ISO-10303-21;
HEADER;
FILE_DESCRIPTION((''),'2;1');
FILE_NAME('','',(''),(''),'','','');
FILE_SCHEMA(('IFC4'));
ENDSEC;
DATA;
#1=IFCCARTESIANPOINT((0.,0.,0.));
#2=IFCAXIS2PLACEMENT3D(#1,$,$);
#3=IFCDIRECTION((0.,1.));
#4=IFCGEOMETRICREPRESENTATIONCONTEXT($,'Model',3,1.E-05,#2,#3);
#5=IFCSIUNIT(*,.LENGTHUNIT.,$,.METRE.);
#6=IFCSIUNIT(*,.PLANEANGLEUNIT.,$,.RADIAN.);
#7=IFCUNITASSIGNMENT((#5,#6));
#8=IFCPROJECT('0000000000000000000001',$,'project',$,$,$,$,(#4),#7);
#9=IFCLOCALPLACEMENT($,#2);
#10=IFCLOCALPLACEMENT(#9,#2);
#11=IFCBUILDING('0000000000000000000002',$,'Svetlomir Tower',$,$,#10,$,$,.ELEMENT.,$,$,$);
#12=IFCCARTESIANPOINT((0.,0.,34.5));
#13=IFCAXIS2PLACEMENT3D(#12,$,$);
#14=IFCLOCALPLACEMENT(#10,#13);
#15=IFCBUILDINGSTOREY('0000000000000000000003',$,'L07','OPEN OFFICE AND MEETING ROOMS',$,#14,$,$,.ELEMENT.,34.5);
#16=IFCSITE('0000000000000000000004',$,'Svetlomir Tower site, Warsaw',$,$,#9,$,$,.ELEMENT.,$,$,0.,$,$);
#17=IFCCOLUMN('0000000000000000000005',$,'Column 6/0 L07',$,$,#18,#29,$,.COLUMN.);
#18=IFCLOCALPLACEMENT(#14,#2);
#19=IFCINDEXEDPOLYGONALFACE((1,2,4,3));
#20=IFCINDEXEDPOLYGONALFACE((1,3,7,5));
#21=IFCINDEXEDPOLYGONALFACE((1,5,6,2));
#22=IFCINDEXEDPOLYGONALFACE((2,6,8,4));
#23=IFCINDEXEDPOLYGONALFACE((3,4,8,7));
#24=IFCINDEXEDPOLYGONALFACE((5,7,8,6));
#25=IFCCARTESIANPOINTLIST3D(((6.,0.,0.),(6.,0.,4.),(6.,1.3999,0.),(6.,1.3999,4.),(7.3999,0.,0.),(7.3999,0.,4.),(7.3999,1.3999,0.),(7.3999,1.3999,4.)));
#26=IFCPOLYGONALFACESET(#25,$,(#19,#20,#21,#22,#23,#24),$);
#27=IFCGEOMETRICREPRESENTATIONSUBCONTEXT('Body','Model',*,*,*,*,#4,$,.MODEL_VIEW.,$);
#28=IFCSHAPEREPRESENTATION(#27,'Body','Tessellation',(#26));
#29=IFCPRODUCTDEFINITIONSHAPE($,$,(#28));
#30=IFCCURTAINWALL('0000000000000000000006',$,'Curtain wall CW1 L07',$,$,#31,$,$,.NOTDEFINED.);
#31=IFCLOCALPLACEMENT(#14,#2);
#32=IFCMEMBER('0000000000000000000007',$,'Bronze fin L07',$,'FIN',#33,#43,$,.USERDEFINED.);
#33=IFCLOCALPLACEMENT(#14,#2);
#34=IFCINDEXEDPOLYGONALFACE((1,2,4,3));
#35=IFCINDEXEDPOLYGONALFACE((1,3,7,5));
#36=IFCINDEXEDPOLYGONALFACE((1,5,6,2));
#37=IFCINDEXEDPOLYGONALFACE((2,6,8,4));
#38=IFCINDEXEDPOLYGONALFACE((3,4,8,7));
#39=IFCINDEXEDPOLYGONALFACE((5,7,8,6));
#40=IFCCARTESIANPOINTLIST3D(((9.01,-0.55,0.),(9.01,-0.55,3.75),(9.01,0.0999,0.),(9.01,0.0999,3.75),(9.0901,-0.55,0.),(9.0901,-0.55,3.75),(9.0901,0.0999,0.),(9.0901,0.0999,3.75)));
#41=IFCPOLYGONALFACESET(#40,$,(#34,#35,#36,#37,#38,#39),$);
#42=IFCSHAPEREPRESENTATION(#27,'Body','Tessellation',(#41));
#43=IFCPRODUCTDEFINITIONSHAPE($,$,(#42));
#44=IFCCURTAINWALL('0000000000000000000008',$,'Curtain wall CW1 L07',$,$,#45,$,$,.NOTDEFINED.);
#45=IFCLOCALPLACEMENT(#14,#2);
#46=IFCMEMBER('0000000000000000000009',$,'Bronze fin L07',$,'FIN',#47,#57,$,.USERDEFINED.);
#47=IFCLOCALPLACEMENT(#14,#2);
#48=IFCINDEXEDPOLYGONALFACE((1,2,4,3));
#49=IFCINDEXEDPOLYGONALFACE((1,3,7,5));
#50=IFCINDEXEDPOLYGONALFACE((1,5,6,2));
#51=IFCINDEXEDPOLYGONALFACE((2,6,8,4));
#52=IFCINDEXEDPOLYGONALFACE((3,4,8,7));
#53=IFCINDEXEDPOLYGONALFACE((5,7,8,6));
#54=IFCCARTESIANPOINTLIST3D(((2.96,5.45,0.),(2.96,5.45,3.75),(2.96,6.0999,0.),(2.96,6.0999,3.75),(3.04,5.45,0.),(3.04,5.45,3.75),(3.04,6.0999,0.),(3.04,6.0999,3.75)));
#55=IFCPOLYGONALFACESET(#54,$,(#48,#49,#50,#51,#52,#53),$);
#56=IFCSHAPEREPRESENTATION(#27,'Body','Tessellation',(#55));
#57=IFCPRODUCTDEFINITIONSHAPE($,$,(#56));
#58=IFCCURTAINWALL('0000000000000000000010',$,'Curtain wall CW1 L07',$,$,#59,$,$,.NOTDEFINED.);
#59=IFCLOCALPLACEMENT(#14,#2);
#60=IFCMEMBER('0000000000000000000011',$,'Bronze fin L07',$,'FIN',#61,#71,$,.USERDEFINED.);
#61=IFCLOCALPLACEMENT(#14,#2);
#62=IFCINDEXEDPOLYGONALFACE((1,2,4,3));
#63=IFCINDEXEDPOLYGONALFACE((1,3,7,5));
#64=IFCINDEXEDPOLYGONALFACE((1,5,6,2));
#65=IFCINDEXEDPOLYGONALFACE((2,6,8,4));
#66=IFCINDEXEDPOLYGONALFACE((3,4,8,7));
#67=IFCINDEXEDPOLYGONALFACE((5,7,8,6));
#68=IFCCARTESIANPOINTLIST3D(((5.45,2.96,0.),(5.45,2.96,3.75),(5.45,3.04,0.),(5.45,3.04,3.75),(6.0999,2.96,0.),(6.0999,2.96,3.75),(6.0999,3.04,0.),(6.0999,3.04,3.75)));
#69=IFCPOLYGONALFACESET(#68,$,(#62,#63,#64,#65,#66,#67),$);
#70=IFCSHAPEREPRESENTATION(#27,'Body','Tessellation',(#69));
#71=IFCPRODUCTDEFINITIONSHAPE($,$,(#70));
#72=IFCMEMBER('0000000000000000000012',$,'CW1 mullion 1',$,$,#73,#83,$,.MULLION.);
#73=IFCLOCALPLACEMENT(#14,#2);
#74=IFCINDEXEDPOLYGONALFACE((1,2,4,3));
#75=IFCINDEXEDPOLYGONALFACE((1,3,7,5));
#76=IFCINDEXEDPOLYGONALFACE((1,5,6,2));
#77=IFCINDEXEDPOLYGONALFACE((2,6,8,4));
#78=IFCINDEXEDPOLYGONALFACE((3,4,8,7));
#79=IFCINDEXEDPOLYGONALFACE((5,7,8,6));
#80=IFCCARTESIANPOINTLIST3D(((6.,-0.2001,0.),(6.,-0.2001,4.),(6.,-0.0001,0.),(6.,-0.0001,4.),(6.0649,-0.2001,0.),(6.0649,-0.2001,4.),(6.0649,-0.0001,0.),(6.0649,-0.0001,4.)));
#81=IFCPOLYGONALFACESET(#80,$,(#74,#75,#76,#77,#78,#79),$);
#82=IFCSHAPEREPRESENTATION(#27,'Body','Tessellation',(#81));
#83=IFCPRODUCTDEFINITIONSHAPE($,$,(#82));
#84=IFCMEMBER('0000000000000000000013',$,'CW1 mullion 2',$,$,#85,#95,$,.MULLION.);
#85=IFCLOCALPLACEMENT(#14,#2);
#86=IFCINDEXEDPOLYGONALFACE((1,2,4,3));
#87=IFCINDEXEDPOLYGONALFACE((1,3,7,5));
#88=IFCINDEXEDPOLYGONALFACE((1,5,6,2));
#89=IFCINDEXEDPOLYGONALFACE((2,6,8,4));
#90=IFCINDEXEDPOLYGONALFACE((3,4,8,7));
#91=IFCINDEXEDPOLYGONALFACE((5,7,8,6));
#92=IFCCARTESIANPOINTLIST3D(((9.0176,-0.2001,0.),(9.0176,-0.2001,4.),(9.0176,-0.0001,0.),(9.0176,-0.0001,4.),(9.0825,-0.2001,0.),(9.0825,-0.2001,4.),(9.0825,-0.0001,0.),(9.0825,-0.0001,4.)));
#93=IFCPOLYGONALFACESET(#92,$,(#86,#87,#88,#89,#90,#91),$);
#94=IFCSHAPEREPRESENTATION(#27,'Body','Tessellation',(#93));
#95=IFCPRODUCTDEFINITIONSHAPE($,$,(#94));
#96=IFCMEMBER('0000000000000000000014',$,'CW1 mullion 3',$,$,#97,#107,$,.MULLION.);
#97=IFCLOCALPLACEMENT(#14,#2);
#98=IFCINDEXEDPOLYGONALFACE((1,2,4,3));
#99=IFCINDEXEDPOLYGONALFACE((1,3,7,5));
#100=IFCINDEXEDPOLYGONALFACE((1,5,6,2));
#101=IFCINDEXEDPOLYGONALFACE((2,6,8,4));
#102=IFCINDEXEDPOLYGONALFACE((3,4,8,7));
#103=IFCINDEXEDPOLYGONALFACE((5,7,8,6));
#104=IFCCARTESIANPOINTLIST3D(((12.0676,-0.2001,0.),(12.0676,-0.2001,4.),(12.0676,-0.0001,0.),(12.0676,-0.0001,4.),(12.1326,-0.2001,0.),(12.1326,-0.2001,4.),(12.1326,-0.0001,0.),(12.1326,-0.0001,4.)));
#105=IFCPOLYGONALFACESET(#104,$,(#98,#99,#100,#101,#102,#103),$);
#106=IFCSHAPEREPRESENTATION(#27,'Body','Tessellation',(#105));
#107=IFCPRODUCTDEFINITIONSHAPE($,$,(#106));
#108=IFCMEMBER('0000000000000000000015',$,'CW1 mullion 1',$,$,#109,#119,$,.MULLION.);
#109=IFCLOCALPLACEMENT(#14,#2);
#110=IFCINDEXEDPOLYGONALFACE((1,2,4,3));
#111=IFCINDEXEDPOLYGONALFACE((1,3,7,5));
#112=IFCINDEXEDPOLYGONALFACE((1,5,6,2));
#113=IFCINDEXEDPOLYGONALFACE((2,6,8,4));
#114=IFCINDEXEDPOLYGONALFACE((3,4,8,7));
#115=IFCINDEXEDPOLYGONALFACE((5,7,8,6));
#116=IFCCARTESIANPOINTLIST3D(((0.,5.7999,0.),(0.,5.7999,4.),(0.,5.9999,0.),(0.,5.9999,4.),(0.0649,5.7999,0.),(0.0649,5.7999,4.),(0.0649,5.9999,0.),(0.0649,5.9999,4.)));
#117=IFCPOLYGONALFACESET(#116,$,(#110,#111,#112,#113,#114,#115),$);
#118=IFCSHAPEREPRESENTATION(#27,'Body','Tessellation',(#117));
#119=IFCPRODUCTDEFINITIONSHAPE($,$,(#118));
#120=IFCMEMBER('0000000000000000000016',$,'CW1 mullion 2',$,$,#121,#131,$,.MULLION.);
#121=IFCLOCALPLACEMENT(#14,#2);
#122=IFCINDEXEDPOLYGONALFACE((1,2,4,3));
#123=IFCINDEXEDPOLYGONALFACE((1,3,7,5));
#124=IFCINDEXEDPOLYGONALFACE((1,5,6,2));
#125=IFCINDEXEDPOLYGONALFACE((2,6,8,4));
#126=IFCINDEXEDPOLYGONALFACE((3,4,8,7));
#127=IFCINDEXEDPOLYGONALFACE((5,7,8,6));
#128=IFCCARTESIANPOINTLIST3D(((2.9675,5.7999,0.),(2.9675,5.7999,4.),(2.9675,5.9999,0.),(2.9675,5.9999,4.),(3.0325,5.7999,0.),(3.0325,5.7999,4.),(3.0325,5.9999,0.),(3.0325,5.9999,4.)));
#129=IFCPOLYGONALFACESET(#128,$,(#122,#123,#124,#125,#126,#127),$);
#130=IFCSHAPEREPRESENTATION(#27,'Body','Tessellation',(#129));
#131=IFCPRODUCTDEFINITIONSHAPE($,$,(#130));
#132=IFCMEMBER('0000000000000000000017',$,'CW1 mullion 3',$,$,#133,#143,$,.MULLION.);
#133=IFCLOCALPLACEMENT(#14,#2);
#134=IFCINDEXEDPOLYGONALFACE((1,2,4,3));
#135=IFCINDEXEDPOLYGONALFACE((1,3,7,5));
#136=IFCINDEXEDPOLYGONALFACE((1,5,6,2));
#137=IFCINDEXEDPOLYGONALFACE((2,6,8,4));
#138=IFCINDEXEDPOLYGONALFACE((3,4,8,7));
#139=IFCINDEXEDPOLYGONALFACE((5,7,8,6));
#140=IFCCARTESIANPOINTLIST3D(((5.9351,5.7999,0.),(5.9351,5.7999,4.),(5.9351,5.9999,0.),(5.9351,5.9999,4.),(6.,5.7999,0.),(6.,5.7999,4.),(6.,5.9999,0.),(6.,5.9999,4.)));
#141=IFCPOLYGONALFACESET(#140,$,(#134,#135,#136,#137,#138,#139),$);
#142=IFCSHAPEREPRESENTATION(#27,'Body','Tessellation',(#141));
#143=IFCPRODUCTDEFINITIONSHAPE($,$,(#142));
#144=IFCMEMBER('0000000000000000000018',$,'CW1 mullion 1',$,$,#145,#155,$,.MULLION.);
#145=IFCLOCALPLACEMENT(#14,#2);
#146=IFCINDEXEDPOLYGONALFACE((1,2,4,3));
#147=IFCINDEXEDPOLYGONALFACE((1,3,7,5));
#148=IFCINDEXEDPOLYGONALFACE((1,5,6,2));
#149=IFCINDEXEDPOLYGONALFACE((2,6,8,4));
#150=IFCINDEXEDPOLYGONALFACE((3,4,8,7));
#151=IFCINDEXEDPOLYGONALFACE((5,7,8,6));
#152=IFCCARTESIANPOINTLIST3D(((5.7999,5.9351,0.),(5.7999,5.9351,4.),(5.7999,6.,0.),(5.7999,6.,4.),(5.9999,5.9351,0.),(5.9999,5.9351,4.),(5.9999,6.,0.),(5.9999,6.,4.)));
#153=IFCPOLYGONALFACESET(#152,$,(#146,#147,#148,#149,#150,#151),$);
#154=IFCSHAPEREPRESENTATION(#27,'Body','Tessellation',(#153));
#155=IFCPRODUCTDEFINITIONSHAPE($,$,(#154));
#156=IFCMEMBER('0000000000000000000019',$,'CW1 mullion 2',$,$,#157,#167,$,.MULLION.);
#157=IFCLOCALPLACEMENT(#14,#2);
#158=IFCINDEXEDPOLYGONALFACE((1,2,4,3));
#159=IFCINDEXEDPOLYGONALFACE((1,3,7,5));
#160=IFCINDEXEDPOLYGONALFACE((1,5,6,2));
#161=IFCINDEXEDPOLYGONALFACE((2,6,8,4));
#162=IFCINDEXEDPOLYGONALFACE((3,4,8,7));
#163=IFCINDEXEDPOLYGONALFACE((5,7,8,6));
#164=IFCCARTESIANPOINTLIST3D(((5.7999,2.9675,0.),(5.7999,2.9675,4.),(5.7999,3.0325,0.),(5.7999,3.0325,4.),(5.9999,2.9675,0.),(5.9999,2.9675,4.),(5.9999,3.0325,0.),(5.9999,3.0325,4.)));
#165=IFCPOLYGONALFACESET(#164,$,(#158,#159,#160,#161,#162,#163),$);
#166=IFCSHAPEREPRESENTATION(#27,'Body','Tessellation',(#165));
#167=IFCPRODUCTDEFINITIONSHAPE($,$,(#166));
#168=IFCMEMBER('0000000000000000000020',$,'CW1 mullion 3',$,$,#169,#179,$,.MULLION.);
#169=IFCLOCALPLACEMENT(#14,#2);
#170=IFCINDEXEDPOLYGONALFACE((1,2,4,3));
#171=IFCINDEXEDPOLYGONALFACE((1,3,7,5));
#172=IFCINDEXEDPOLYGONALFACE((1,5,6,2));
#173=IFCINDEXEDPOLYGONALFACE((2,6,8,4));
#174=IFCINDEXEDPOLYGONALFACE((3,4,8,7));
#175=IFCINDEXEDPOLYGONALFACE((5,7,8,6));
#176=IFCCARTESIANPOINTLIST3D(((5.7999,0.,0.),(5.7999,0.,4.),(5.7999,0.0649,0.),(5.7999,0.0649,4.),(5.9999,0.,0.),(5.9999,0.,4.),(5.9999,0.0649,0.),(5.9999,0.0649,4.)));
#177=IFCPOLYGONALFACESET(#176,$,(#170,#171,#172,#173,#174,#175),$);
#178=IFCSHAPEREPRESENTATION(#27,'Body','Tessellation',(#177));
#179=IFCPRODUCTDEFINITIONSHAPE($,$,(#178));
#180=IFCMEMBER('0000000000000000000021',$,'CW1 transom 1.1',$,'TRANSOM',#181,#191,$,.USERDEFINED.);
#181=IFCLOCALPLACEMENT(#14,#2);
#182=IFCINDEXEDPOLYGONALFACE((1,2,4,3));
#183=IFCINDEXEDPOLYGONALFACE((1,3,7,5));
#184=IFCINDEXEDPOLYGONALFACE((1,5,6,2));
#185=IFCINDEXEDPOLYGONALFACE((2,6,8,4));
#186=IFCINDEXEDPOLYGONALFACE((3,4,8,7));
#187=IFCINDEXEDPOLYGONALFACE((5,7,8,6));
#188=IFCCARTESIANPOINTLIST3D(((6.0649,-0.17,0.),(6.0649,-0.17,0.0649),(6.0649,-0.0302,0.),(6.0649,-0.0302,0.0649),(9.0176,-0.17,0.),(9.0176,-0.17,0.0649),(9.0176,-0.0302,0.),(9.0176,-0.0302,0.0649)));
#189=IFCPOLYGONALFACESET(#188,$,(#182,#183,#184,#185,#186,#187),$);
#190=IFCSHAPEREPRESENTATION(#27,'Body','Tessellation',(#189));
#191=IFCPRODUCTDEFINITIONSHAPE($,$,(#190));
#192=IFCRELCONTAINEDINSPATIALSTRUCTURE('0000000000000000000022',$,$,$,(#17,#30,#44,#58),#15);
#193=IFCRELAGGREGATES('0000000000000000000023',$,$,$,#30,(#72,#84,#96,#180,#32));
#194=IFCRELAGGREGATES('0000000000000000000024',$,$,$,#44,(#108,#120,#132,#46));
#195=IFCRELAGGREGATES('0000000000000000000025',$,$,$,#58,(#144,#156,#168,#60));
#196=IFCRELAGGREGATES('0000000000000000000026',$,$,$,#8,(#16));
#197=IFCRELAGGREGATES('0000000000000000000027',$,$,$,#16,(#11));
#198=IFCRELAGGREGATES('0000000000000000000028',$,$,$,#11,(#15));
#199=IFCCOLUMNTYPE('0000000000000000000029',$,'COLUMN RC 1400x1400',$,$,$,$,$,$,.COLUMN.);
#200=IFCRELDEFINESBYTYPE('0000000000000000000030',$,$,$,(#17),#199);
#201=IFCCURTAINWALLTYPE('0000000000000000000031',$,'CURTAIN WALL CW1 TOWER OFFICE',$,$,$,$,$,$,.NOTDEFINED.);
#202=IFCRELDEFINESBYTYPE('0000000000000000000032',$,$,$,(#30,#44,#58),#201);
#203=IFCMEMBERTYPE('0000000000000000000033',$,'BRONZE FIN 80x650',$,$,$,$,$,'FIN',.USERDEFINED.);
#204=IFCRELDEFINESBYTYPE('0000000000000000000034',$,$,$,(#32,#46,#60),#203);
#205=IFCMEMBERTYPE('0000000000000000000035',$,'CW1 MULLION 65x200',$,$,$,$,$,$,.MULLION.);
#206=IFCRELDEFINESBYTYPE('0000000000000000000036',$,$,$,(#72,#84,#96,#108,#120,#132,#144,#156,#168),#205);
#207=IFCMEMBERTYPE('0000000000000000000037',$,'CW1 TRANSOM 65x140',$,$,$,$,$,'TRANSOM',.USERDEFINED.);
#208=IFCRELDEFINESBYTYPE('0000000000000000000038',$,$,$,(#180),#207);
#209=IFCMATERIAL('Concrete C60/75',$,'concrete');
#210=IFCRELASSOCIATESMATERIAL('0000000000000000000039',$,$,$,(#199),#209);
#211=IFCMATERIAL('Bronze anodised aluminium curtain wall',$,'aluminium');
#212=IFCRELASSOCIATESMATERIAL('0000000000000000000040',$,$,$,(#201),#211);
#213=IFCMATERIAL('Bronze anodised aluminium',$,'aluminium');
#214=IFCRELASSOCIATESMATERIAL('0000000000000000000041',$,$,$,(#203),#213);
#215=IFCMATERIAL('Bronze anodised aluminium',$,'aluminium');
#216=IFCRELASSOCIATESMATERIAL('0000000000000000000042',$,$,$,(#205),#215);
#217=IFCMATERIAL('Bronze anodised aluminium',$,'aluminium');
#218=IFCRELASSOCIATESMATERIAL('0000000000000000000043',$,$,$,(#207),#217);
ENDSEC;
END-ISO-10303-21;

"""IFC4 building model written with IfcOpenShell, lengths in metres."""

from ifc_helpers import new_model, si_unit, direction, frame, origin, origin_2d, place, context, subcontext, project, spatial, rectangle, extrude, material, material_profile, profile_set, type_object, element, aggregate, save


model = new_model("IFC4")

# Units and contexts
model_context = context("Model", 3, precision=1e-05, world=origin(), true_north=direction((0.0, 1.0)))
body_context = subcontext(model_context, "Body", "Model", "MODEL_VIEW")
ifc_project = project(units=[si_unit("LENGTHUNIT", "METRE"), si_unit("PLANEANGLEUNIT", "RADIAN")], contexts=[model_context])

# Site, building, storey
site_placement = place(None, origin())
site = spatial("IfcSite", under=ifc_project, at=site_placement, Name="Svetlomir Tower site, Warsaw", CompositionType="ELEMENT", RefElevation=0.0)
building_placement = place(site_placement, origin())
building = spatial("IfcBuilding", under=site, at=building_placement, Name="Svetlomir Tower", CompositionType="ELEMENT")
storey_placement = place(building_placement, frame((0.0, 0.0, 34.5)))
storey = spatial("IfcBuildingStorey", under=building, at=storey_placement, Name="L07", Description="OPEN OFFICE AND MEETING ROOMS", CompositionType="ELEMENT", Elevation=34.5)

# Column
ifc_material_1 = material(Name="Concrete C60/75", Category="concrete")
ifc_material_profile_1 = material_profile(ifc_material_1, rectangle(XDim=1.3999, YDim=1.3999, at=origin_2d()), Name="RC 1400x1400")
ifc_profile_set_1 = profile_set([ifc_material_profile_1], Name="Concrete C60/75")
column_type = type_object("IfcColumnType", Name="COLUMN RC 1400x1400", PredefinedType="COLUMN", material=ifc_profile_set_1)
column_placement = place(storey_placement, frame((6.7, 0.7, 0.0), z_axis=(0.0, 0.0, 1.0), x_axis=(1.0, 0.0, 0.0)))
element("IfcColumn", 1, at=column_placement, inside=storey, type_object=column_type, Name="Column 6/0 L07", PredefinedType="COLUMN", context=body_context, shape_type="SweptSolid", body=[
    extrude(rectangle(XDim=1.3999, YDim=1.3999, at=origin_2d()), origin(), (0.0, 0.0, 1.0), 4.0),
])

# Curtain walls, members
ifc_material_2 = material(Name="Bronze anodised aluminium curtain wall", Category="aluminium")
curtain_wall_type = type_object("IfcCurtainWallType", Name="CURTAIN WALL CW1 TOWER OFFICE", PredefinedType="NOTDEFINED", material=ifc_material_2)
curtain_wall_1_placement = place(storey_placement, origin())
curtain_wall_1 = element("IfcCurtainWall", 2, at=curtain_wall_1_placement, inside=storey, type_object=curtain_wall_type, Name="Curtain wall CW1 L07", PredefinedType="NOTDEFINED")
ifc_material_3 = material(Name="Bronze anodised aluminium", Category="aluminium")
ifc_material_profile_2 = material_profile(ifc_material_3, rectangle(XDim=0.0801, YDim=0.6499, at=origin_2d()), Name="FIN 80x650")
ifc_profile_set_2 = profile_set([ifc_material_profile_2], Name="Bronze anodised aluminium 6063-T6")
member_type_1 = type_object("IfcMemberType", Name="BRONZE FIN 80x650", ElementType="FIN", PredefinedType="USERDEFINED", material=ifc_profile_set_2)
member_1_placement = place(storey_placement, frame((9.05, -0.2251, 0.0), z_axis=(0.0, 0.0, 1.0), x_axis=(1.0, 0.0, 0.0)))
member_1 = element("IfcMember", 3, at=member_1_placement, type_object=member_type_1, Name="Bronze fin L07", ObjectType="FIN", PredefinedType="USERDEFINED", context=body_context, shape_type="SweptSolid", body=[
    extrude(rectangle(XDim=0.0801, YDim=0.6499, at=origin_2d()), origin(), (0.0, 0.0, 1.0), 3.75),
])
curtain_wall_2_placement = place(storey_placement, origin())
curtain_wall_2 = element("IfcCurtainWall", 4, at=curtain_wall_2_placement, inside=storey, type_object=curtain_wall_type, Name="Curtain wall CW1 L07", PredefinedType="NOTDEFINED")
member_2_placement = place(storey_placement, frame((3.0, 5.7749, 0.0), z_axis=(0.0, 0.0, 1.0), x_axis=(1.0, 0.0, 0.0)))
member_2 = element("IfcMember", 5, at=member_2_placement, type_object=member_type_1, Name="Bronze fin L07", ObjectType="FIN", PredefinedType="USERDEFINED", context=body_context, shape_type="SweptSolid", body=[
    extrude(rectangle(XDim=0.0801, YDim=0.6499, at=origin_2d()), origin(), (0.0, 0.0, 1.0), 3.75),
])
curtain_wall_3_placement = place(storey_placement, origin())
curtain_wall_3 = element("IfcCurtainWall", 6, at=curtain_wall_3_placement, inside=storey, type_object=curtain_wall_type, Name="Curtain wall CW1 L07", PredefinedType="NOTDEFINED")
member_3_placement = place(storey_placement, frame((5.7749, 3.0, 0.0), z_axis=(0.0, 0.0, 1.0), x_axis=(0.0, 1.0, 0.0)))
member_3 = element("IfcMember", 7, at=member_3_placement, type_object=member_type_1, Name="Bronze fin L07", ObjectType="FIN", PredefinedType="USERDEFINED", context=body_context, shape_type="SweptSolid", body=[
    extrude(rectangle(XDim=0.0801, YDim=0.6499, at=origin_2d()), origin(), (0.0, 0.0, 1.0), 3.75),
])

# Members
ifc_material_4 = material(Name="Bronze anodised aluminium", Category="aluminium")
ifc_material_profile_3 = material_profile(ifc_material_4, rectangle(XDim=0.0649, YDim=0.2, at=origin_2d()), Name="AL 65x200")
ifc_profile_set_3 = profile_set([ifc_material_profile_3], Name="Bronze anodised aluminium 6063-T6")
member_type_2 = type_object("IfcMemberType", Name="CW1 MULLION 65x200", PredefinedType="MULLION", material=ifc_profile_set_3)
member_4_placement = place(storey_placement, frame((6.0325, -0.1001, 0.0), z_axis=(0.0, 0.0, 1.0), x_axis=(1.0, 0.0, 0.0)))
member_4 = element("IfcMember", 8, at=member_4_placement, type_object=member_type_2, Name="CW1 mullion 1", PredefinedType="MULLION", context=body_context, shape_type="SweptSolid", body=[
    extrude(rectangle(XDim=0.0649, YDim=0.2, at=origin_2d()), origin(), (0.0, 0.0, 1.0), 4.0),
])
member_5_placement = place(storey_placement, frame((9.05, -0.1001, 0.0), z_axis=(0.0, 0.0, 1.0), x_axis=(1.0, 0.0, 0.0)))
member_5 = element("IfcMember", 9, at=member_5_placement, type_object=member_type_2, Name="CW1 mullion 2", PredefinedType="MULLION", context=body_context, shape_type="SweptSolid", body=[
    extrude(rectangle(XDim=0.0649, YDim=0.2, at=origin_2d()), origin(), (0.0, 0.0, 1.0), 4.0),
])
member_6_placement = place(storey_placement, frame((12.1001, -0.1001, 0.0), z_axis=(0.0, 0.0, 1.0), x_axis=(1.0, 0.0, 0.0)))
member_6 = element("IfcMember", 10, at=member_6_placement, type_object=member_type_2, Name="CW1 mullion 3", PredefinedType="MULLION", context=body_context, shape_type="SweptSolid", body=[
    extrude(rectangle(XDim=0.0649, YDim=0.2, at=origin_2d()), origin(), (0.0, 0.0, 1.0), 4.0),
])
member_7_placement = place(storey_placement, frame((0.0325, 5.8999, 0.0), z_axis=(0.0, 0.0, 1.0), x_axis=(1.0, 0.0, 0.0)))
member_7 = element("IfcMember", 11, at=member_7_placement, type_object=member_type_2, Name="CW1 mullion 1", PredefinedType="MULLION", context=body_context, shape_type="SweptSolid", body=[
    extrude(rectangle(XDim=0.0649, YDim=0.2, at=origin_2d()), origin(), (0.0, 0.0, 1.0), 4.0),
])
member_8_placement = place(storey_placement, frame((3.0, 5.8999, 0.0), z_axis=(0.0, 0.0, 1.0), x_axis=(1.0, 0.0, 0.0)))
member_8 = element("IfcMember", 12, at=member_8_placement, type_object=member_type_2, Name="CW1 mullion 2", PredefinedType="MULLION", context=body_context, shape_type="SweptSolid", body=[
    extrude(rectangle(XDim=0.0649, YDim=0.2, at=origin_2d()), origin(), (0.0, 0.0, 1.0), 4.0),
])
member_9_placement = place(storey_placement, frame((5.9675, 5.8999, 0.0), z_axis=(0.0, 0.0, 1.0), x_axis=(1.0, 0.0, 0.0)))
member_9 = element("IfcMember", 13, at=member_9_placement, type_object=member_type_2, Name="CW1 mullion 3", PredefinedType="MULLION", context=body_context, shape_type="SweptSolid", body=[
    extrude(rectangle(XDim=0.0649, YDim=0.2, at=origin_2d()), origin(), (0.0, 0.0, 1.0), 4.0),
])
member_10_placement = place(storey_placement, frame((5.8999, 5.9675, 0.0), z_axis=(0.0, 0.0, 1.0), x_axis=(0.0, -1.0, 0.0)))
member_10 = element("IfcMember", 14, at=member_10_placement, type_object=member_type_2, Name="CW1 mullion 1", PredefinedType="MULLION", context=body_context, shape_type="SweptSolid", body=[
    extrude(rectangle(XDim=0.0649, YDim=0.2, at=origin_2d()), origin(), (0.0, 0.0, 1.0), 4.0),
])
member_11_placement = place(storey_placement, frame((5.8999, 3.0, 0.0), z_axis=(0.0, 0.0, 1.0), x_axis=(0.0, -1.0, 0.0)))
member_11 = element("IfcMember", 15, at=member_11_placement, type_object=member_type_2, Name="CW1 mullion 2", PredefinedType="MULLION", context=body_context, shape_type="SweptSolid", body=[
    extrude(rectangle(XDim=0.0649, YDim=0.2, at=origin_2d()), origin(), (0.0, 0.0, 1.0), 4.0),
])
member_12_placement = place(storey_placement, frame((5.8999, 0.0325, 0.0), z_axis=(0.0, 0.0, 1.0), x_axis=(0.0, -1.0, 0.0)))
member_12 = element("IfcMember", 16, at=member_12_placement, type_object=member_type_2, Name="CW1 mullion 3", PredefinedType="MULLION", context=body_context, shape_type="SweptSolid", body=[
    extrude(rectangle(XDim=0.0649, YDim=0.2, at=origin_2d()), origin(), (0.0, 0.0, 1.0), 4.0),
])
ifc_material_5 = material(Name="Bronze anodised aluminium", Category="aluminium")
ifc_material_profile_4 = material_profile(ifc_material_5, rectangle(XDim=0.1399, YDim=0.0649, at=origin_2d()), Name="AL 140x65")
ifc_profile_set_4 = profile_set([ifc_material_profile_4], Name="Bronze anodised aluminium 6063-T6")
member_type_3 = type_object("IfcMemberType", Name="CW1 TRANSOM 65x140", ElementType="TRANSOM", PredefinedType="USERDEFINED", material=ifc_profile_set_4)
member_13_placement = place(storey_placement, frame((6.0649, -0.1001, 0.0325), z_axis=(1.0, 0.0, 0.0), x_axis=(0.0, 1.0, 0.0)))
member_13 = element("IfcMember", 17, at=member_13_placement, type_object=member_type_3, Name="CW1 transom 1.1", ObjectType="TRANSOM", PredefinedType="USERDEFINED", context=body_context, shape_type="SweptSolid", body=[
    extrude(rectangle(XDim=0.1399, YDim=0.0649, at=origin_2d()), origin(), (0.0, 0.0, 1.0), 2.9526),
])

aggregate(curtain_wall_1, [member_4, member_5, member_6, member_13, member_1])
aggregate(curtain_wall_2, [member_7, member_8, member_9, member_2])
aggregate(curtain_wall_3, [member_10, member_11, member_12, member_3])

save(model, "model.ifc")
